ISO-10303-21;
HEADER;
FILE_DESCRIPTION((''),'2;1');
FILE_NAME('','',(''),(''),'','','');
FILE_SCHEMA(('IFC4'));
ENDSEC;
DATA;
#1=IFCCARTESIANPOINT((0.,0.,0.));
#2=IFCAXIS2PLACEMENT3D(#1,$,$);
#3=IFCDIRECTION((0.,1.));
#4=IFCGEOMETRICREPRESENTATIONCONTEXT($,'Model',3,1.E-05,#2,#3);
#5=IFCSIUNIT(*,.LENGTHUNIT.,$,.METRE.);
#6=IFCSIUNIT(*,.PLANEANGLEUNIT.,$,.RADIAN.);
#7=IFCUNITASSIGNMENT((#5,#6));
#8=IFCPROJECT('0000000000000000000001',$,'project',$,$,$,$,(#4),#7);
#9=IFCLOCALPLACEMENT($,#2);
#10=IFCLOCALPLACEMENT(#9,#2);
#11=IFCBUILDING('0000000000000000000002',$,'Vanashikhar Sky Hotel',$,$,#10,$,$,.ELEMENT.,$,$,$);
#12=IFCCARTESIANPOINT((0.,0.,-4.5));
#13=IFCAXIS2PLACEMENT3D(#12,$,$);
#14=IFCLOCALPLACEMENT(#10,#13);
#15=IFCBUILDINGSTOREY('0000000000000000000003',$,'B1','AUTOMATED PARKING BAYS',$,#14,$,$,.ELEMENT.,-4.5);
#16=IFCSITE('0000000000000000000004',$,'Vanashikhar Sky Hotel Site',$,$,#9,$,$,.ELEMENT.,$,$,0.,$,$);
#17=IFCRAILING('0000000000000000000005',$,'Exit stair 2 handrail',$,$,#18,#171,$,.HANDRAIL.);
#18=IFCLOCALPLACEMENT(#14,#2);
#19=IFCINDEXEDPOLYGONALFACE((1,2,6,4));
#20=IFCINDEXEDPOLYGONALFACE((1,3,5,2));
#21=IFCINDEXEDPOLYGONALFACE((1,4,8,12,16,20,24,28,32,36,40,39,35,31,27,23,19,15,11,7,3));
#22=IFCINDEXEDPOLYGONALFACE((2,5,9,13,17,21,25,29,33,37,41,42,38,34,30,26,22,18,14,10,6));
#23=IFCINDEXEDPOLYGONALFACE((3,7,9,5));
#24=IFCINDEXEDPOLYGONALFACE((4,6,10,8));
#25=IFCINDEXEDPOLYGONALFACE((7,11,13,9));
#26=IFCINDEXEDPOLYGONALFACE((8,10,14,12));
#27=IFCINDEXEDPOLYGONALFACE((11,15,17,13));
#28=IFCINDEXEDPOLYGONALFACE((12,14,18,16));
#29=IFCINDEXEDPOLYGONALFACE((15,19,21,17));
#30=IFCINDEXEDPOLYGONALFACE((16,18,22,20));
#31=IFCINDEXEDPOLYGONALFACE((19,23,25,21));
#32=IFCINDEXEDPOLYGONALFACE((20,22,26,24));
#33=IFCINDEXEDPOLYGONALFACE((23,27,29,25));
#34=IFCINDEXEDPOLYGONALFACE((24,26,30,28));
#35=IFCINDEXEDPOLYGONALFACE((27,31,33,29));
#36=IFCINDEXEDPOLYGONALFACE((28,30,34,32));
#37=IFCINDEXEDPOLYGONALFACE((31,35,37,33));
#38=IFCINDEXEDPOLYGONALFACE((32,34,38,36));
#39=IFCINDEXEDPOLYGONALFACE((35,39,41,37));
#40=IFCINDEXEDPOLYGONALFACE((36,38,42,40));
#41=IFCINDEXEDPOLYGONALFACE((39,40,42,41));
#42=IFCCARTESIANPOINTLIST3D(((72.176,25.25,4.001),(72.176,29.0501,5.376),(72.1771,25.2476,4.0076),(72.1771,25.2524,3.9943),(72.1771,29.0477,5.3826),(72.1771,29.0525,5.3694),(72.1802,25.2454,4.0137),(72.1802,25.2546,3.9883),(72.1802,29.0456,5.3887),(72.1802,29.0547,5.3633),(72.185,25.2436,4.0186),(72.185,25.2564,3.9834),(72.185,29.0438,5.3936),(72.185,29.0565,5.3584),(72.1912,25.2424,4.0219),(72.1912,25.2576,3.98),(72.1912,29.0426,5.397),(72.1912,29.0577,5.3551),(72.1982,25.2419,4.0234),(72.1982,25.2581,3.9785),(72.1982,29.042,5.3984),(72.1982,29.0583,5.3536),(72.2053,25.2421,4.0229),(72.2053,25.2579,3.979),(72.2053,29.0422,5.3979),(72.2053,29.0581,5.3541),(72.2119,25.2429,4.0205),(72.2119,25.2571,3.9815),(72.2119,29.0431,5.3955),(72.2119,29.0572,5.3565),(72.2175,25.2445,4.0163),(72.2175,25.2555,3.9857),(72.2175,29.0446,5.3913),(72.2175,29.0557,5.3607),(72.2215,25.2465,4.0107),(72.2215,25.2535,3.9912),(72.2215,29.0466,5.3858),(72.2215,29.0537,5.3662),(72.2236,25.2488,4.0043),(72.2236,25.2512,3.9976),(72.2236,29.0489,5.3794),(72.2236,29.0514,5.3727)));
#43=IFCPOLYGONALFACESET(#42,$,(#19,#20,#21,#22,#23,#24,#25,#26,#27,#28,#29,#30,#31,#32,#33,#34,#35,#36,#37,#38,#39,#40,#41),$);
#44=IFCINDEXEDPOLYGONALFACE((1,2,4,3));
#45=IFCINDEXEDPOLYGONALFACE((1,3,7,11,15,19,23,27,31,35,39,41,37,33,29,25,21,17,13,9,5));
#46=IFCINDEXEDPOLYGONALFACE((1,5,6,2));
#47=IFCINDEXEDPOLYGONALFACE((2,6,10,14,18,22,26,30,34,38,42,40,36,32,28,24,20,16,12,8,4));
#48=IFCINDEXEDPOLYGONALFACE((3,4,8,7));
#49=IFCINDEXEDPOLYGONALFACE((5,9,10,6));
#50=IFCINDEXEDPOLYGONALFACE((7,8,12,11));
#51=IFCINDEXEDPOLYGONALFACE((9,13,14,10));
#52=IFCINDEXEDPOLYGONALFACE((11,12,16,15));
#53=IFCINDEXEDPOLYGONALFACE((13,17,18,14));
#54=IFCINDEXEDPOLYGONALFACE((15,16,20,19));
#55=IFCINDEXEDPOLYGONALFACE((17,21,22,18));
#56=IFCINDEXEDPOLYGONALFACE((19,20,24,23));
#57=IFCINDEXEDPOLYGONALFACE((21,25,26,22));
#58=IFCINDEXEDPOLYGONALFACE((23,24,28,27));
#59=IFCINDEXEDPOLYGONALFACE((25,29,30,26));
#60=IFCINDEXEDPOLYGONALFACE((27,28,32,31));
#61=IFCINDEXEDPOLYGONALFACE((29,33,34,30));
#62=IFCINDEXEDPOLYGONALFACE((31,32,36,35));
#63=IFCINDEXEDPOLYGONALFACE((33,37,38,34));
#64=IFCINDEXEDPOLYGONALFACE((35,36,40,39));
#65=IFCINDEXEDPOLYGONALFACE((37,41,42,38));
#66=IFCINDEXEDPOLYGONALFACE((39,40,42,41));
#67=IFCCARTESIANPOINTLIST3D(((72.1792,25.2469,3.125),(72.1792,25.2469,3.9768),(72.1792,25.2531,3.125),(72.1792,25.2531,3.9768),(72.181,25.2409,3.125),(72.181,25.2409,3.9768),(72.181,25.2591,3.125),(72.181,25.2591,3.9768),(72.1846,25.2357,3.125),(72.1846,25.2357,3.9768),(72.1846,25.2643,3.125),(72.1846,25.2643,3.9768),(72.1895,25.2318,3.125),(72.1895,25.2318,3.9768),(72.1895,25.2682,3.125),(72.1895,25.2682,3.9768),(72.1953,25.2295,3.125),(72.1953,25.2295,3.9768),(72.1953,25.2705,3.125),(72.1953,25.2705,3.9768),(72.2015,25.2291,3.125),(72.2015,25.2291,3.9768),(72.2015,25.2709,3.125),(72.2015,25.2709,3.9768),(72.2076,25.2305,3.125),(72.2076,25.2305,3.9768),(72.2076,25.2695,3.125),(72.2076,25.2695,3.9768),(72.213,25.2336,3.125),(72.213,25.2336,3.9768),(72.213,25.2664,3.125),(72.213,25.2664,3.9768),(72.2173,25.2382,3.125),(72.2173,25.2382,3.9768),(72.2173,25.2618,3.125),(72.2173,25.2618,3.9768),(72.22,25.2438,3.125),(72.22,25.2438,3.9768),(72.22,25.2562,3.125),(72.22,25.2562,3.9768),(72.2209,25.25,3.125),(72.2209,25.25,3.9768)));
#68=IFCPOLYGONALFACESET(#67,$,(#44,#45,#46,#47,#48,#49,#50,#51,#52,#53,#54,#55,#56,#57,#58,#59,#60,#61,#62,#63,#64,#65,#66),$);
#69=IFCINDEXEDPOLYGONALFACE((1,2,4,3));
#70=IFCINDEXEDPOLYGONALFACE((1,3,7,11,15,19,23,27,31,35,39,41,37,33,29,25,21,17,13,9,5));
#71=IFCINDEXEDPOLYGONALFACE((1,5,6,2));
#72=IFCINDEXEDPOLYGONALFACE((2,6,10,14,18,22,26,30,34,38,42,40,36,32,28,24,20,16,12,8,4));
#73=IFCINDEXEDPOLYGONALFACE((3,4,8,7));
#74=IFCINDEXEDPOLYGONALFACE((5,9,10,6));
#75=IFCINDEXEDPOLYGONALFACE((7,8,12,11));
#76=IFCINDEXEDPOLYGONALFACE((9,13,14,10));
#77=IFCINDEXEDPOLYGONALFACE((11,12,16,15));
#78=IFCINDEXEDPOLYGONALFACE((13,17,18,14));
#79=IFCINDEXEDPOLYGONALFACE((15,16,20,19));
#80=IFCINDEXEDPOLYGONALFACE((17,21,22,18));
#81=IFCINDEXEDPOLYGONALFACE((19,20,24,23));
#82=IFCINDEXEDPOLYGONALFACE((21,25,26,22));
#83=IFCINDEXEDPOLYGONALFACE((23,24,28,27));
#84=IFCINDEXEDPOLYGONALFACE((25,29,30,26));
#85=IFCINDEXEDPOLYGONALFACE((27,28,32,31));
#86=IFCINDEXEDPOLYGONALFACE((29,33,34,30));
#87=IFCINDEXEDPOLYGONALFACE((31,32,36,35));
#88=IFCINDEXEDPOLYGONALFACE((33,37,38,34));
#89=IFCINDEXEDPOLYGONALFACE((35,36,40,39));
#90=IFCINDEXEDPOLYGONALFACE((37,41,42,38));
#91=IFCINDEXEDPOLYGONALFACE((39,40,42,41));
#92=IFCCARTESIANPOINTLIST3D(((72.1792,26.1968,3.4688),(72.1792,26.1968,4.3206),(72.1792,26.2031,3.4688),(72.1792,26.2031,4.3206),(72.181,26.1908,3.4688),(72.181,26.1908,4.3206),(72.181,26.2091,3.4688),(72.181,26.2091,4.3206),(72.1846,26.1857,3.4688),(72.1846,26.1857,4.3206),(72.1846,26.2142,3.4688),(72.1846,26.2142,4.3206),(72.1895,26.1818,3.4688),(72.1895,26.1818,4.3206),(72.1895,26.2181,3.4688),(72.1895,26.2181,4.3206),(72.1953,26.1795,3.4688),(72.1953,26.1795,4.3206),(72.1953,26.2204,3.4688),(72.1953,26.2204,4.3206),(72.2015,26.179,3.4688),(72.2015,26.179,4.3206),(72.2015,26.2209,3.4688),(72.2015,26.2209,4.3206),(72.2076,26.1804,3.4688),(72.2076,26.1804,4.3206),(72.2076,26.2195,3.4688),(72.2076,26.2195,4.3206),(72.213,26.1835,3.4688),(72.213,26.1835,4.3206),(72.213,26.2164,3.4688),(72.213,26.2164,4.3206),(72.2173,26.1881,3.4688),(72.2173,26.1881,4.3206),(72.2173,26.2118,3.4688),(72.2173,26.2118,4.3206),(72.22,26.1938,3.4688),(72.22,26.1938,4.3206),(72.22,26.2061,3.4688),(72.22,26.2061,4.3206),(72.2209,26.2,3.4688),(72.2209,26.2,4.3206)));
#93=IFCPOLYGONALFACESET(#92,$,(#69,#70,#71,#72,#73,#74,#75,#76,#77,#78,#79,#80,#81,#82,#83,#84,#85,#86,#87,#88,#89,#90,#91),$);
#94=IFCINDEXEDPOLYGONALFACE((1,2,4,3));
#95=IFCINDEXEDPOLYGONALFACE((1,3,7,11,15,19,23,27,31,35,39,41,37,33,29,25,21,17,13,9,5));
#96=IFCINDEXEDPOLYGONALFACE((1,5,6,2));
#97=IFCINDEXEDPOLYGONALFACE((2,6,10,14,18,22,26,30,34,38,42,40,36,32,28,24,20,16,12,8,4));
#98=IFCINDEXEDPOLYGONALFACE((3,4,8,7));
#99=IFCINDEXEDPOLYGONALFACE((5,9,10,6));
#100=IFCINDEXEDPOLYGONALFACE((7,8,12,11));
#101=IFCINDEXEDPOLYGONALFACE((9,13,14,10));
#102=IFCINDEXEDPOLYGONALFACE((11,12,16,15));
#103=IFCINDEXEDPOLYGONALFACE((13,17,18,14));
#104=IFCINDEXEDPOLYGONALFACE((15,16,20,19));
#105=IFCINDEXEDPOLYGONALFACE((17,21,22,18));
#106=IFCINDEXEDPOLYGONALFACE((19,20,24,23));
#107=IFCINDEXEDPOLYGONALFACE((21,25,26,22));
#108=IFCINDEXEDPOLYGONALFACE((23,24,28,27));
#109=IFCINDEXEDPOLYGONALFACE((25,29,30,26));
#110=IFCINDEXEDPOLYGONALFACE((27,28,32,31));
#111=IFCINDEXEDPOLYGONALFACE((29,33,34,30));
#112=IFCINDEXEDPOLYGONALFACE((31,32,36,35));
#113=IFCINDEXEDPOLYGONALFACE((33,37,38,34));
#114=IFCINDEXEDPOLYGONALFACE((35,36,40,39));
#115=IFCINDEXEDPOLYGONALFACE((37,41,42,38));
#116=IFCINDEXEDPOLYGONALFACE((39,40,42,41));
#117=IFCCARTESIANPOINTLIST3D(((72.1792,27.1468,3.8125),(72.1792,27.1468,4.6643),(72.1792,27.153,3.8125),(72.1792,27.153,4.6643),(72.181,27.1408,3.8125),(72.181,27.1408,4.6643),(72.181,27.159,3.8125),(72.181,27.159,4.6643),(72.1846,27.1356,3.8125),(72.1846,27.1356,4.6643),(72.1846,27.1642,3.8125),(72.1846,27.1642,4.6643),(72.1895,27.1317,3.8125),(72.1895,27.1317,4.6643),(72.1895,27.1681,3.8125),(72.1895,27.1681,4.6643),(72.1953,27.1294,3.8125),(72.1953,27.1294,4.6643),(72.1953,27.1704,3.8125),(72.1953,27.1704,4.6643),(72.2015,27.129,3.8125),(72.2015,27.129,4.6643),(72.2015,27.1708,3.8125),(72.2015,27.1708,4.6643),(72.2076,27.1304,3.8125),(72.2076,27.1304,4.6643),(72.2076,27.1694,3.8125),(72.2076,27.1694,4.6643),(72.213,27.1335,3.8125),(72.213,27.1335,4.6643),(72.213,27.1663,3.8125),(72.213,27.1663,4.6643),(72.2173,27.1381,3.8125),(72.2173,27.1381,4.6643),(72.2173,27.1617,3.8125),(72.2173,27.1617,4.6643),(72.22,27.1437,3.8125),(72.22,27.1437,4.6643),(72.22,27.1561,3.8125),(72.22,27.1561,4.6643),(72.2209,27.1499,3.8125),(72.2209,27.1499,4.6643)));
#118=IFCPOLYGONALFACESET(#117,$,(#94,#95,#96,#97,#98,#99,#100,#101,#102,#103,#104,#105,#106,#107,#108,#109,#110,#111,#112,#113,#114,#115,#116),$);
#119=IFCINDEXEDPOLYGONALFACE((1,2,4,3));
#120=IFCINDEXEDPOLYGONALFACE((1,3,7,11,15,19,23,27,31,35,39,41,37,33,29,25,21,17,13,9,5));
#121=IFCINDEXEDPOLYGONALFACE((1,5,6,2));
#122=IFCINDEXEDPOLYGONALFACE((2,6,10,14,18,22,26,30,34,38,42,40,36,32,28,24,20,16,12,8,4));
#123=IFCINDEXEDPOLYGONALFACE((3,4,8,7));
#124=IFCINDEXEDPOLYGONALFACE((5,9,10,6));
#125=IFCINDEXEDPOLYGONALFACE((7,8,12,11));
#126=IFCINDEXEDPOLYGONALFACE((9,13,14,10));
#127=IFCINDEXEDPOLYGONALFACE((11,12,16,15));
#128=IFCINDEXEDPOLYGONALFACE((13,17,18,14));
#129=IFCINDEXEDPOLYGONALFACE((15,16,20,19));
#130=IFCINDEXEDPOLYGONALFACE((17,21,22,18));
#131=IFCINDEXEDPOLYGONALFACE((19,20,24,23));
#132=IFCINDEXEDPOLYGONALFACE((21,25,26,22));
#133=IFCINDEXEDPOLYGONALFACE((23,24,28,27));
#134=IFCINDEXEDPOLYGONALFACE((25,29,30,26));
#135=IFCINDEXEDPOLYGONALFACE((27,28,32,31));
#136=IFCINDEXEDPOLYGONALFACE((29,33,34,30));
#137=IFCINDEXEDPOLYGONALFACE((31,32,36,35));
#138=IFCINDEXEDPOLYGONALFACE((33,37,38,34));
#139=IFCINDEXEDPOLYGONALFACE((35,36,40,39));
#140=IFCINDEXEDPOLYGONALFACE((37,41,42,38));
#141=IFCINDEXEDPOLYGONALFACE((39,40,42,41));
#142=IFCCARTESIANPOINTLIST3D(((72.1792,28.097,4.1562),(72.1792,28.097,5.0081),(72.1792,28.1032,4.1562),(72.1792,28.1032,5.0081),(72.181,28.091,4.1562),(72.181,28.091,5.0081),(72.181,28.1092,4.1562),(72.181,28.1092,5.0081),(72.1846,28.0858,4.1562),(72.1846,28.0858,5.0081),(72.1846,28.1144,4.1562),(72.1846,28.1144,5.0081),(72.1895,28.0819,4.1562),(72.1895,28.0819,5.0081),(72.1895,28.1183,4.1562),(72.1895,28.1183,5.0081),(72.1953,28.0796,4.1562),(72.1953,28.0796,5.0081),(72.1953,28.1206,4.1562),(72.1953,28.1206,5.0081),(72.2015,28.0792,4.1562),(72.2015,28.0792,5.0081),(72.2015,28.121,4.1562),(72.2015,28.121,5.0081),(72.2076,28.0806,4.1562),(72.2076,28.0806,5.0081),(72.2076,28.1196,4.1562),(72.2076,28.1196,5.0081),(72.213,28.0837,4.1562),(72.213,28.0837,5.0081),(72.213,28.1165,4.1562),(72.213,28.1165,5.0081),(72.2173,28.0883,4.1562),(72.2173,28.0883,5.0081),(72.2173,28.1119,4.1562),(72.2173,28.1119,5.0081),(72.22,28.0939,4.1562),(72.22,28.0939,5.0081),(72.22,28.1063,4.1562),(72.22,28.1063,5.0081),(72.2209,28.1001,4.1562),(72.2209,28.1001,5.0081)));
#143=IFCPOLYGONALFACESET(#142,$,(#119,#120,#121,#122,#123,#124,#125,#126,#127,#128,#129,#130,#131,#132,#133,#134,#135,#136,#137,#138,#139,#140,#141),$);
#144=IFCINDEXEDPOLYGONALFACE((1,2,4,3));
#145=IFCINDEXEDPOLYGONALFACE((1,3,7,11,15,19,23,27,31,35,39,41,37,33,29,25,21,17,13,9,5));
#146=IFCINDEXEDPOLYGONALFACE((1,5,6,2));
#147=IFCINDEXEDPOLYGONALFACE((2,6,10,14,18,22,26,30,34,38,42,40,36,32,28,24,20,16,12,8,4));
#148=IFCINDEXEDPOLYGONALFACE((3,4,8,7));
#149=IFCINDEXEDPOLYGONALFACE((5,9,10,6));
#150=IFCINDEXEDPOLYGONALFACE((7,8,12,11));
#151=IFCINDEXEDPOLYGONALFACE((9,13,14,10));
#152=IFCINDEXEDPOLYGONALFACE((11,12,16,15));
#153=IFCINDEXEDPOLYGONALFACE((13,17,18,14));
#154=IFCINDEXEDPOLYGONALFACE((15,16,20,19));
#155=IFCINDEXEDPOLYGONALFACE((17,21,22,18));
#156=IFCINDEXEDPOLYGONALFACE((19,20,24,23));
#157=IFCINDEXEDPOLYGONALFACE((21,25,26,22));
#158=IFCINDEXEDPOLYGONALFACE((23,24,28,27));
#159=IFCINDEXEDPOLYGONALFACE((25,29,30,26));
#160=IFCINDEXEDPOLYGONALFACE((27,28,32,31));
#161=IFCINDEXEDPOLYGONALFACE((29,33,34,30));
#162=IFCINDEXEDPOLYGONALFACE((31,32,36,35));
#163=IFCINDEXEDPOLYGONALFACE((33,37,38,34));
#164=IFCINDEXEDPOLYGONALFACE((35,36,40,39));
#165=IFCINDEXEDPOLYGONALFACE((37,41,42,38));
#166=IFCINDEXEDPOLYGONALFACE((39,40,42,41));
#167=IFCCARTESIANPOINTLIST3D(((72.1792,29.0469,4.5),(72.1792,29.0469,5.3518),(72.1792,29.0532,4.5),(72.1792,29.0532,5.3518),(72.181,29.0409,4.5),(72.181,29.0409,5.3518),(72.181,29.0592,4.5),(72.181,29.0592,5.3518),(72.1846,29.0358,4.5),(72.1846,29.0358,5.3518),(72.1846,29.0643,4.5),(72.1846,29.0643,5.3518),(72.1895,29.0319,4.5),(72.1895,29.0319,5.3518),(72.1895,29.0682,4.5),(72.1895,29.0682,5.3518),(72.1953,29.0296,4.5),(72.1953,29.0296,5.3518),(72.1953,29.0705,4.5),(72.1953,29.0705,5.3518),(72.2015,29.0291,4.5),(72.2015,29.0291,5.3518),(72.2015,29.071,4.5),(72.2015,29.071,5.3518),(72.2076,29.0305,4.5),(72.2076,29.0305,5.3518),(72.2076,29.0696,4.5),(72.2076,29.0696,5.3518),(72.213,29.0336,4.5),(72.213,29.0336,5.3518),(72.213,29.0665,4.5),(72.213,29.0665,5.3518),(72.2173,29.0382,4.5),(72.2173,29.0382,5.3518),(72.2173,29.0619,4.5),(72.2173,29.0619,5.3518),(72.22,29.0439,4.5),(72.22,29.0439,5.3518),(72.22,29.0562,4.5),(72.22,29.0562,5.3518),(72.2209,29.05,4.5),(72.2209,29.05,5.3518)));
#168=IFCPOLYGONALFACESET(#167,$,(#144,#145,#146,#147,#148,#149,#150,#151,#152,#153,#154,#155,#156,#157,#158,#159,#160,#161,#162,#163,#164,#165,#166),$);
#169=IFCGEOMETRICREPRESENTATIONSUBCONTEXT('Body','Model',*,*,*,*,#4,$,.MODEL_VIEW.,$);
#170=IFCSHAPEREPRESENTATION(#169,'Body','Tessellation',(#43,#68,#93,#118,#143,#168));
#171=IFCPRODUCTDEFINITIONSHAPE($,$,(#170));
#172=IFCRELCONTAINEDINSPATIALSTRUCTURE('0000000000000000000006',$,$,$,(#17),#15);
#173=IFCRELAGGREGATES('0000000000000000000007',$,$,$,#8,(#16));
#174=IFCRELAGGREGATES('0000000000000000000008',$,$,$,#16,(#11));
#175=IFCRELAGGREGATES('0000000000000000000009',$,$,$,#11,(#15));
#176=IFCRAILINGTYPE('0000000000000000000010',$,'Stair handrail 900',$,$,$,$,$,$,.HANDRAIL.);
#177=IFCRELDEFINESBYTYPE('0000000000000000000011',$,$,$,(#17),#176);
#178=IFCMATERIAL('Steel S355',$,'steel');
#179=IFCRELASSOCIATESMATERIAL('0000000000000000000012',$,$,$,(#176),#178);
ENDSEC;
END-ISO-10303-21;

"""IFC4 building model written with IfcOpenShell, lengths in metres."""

from ifc_helpers import new_model, si_unit, direction, frame, origin, origin_2d, place, context, subcontext, project, spatial, circle, extrude, source, transform, mapped, material, type_object, element, save


model = new_model("IFC4")

# Units and contexts
model_context = context("Model", 3, precision=1e-05, world=origin(), true_north=direction((0.0, 1.0)))
body_context = subcontext(model_context, "Body", "Model", "MODEL_VIEW")
ifc_project = project(units=[si_unit("LENGTHUNIT", "METRE"), si_unit("PLANEANGLEUNIT", "RADIAN")], contexts=[model_context])

# Site, building, storey
site_placement = place(None, origin())
site = spatial("IfcSite", under=ifc_project, at=site_placement, Name="Vanashikhar Sky Hotel Site", CompositionType="ELEMENT", RefElevation=0.0)
building_placement = place(site_placement, origin())
building = spatial("IfcBuilding", under=site, at=building_placement, Name="Vanashikhar Sky Hotel", CompositionType="ELEMENT")
storey_placement = place(building_placement, frame((0.0, 0.0, -4.5)))
storey = spatial("IfcBuildingStorey", under=building, at=storey_placement, Name="B1", Description="AUTOMATED PARKING BAYS", CompositionType="ELEMENT", Elevation=-4.5)

# Railing
ifc_material_1 = material(Name="Steel S355", Category="steel")
railing_type_1 = type_object("IfcRailingType", Name="Stair handrail 900", PredefinedType="HANDRAIL", material=ifc_material_1)
shared_shape_1 = source(origin(), body_context, "Body", "SweptSolid", [
    extrude(circle(Radius=0.0239, at=origin_2d()), frame((0.0, 0.0, 0.876), z_axis=(0.0, 0.940336, 0.340249), x_axis=(-1.0, 0.0, 0.0)), (0.0, 0.0, 1.0), 4.0413),
    extrude(circle(Radius=0.021, at=origin_2d()), origin(), (0.0, 0.0, 1.0), 0.8518),
    extrude(circle(Radius=0.021, at=origin_2d()), frame((0.0, 0.95, 0.3438)), (0.0, 0.0, 1.0), 0.8518),
    extrude(circle(Radius=0.021, at=origin_2d()), frame((0.0, 1.8999, 0.6875)), (0.0, 0.0, 1.0), 0.8518),
    extrude(circle(Radius=0.021, at=origin_2d()), frame((0.0, 2.8501, 1.0312)), (0.0, 0.0, 1.0), 0.8518),
    extrude(circle(Radius=0.021, at=origin_2d()), frame((0.0, 3.8, 1.375)), (0.0, 0.0, 1.0), 0.8518),
])
for number, where, name in (
    (1, (72.2, 25.25, 3.125), "Exit stair 2 handrail"),
):
    element("IfcRailing", number, at=place(storey_placement, frame(where)), inside=storey, type_object=railing_type_1, Name=name, PredefinedType="HANDRAIL", context=body_context, shape_type="MappedRepresentation", body=[
        mapped(shared_shape_1, transform((0.0, 0.0, 0.0), scale=1.0)),
    ])

save(model, "model.ifc")
